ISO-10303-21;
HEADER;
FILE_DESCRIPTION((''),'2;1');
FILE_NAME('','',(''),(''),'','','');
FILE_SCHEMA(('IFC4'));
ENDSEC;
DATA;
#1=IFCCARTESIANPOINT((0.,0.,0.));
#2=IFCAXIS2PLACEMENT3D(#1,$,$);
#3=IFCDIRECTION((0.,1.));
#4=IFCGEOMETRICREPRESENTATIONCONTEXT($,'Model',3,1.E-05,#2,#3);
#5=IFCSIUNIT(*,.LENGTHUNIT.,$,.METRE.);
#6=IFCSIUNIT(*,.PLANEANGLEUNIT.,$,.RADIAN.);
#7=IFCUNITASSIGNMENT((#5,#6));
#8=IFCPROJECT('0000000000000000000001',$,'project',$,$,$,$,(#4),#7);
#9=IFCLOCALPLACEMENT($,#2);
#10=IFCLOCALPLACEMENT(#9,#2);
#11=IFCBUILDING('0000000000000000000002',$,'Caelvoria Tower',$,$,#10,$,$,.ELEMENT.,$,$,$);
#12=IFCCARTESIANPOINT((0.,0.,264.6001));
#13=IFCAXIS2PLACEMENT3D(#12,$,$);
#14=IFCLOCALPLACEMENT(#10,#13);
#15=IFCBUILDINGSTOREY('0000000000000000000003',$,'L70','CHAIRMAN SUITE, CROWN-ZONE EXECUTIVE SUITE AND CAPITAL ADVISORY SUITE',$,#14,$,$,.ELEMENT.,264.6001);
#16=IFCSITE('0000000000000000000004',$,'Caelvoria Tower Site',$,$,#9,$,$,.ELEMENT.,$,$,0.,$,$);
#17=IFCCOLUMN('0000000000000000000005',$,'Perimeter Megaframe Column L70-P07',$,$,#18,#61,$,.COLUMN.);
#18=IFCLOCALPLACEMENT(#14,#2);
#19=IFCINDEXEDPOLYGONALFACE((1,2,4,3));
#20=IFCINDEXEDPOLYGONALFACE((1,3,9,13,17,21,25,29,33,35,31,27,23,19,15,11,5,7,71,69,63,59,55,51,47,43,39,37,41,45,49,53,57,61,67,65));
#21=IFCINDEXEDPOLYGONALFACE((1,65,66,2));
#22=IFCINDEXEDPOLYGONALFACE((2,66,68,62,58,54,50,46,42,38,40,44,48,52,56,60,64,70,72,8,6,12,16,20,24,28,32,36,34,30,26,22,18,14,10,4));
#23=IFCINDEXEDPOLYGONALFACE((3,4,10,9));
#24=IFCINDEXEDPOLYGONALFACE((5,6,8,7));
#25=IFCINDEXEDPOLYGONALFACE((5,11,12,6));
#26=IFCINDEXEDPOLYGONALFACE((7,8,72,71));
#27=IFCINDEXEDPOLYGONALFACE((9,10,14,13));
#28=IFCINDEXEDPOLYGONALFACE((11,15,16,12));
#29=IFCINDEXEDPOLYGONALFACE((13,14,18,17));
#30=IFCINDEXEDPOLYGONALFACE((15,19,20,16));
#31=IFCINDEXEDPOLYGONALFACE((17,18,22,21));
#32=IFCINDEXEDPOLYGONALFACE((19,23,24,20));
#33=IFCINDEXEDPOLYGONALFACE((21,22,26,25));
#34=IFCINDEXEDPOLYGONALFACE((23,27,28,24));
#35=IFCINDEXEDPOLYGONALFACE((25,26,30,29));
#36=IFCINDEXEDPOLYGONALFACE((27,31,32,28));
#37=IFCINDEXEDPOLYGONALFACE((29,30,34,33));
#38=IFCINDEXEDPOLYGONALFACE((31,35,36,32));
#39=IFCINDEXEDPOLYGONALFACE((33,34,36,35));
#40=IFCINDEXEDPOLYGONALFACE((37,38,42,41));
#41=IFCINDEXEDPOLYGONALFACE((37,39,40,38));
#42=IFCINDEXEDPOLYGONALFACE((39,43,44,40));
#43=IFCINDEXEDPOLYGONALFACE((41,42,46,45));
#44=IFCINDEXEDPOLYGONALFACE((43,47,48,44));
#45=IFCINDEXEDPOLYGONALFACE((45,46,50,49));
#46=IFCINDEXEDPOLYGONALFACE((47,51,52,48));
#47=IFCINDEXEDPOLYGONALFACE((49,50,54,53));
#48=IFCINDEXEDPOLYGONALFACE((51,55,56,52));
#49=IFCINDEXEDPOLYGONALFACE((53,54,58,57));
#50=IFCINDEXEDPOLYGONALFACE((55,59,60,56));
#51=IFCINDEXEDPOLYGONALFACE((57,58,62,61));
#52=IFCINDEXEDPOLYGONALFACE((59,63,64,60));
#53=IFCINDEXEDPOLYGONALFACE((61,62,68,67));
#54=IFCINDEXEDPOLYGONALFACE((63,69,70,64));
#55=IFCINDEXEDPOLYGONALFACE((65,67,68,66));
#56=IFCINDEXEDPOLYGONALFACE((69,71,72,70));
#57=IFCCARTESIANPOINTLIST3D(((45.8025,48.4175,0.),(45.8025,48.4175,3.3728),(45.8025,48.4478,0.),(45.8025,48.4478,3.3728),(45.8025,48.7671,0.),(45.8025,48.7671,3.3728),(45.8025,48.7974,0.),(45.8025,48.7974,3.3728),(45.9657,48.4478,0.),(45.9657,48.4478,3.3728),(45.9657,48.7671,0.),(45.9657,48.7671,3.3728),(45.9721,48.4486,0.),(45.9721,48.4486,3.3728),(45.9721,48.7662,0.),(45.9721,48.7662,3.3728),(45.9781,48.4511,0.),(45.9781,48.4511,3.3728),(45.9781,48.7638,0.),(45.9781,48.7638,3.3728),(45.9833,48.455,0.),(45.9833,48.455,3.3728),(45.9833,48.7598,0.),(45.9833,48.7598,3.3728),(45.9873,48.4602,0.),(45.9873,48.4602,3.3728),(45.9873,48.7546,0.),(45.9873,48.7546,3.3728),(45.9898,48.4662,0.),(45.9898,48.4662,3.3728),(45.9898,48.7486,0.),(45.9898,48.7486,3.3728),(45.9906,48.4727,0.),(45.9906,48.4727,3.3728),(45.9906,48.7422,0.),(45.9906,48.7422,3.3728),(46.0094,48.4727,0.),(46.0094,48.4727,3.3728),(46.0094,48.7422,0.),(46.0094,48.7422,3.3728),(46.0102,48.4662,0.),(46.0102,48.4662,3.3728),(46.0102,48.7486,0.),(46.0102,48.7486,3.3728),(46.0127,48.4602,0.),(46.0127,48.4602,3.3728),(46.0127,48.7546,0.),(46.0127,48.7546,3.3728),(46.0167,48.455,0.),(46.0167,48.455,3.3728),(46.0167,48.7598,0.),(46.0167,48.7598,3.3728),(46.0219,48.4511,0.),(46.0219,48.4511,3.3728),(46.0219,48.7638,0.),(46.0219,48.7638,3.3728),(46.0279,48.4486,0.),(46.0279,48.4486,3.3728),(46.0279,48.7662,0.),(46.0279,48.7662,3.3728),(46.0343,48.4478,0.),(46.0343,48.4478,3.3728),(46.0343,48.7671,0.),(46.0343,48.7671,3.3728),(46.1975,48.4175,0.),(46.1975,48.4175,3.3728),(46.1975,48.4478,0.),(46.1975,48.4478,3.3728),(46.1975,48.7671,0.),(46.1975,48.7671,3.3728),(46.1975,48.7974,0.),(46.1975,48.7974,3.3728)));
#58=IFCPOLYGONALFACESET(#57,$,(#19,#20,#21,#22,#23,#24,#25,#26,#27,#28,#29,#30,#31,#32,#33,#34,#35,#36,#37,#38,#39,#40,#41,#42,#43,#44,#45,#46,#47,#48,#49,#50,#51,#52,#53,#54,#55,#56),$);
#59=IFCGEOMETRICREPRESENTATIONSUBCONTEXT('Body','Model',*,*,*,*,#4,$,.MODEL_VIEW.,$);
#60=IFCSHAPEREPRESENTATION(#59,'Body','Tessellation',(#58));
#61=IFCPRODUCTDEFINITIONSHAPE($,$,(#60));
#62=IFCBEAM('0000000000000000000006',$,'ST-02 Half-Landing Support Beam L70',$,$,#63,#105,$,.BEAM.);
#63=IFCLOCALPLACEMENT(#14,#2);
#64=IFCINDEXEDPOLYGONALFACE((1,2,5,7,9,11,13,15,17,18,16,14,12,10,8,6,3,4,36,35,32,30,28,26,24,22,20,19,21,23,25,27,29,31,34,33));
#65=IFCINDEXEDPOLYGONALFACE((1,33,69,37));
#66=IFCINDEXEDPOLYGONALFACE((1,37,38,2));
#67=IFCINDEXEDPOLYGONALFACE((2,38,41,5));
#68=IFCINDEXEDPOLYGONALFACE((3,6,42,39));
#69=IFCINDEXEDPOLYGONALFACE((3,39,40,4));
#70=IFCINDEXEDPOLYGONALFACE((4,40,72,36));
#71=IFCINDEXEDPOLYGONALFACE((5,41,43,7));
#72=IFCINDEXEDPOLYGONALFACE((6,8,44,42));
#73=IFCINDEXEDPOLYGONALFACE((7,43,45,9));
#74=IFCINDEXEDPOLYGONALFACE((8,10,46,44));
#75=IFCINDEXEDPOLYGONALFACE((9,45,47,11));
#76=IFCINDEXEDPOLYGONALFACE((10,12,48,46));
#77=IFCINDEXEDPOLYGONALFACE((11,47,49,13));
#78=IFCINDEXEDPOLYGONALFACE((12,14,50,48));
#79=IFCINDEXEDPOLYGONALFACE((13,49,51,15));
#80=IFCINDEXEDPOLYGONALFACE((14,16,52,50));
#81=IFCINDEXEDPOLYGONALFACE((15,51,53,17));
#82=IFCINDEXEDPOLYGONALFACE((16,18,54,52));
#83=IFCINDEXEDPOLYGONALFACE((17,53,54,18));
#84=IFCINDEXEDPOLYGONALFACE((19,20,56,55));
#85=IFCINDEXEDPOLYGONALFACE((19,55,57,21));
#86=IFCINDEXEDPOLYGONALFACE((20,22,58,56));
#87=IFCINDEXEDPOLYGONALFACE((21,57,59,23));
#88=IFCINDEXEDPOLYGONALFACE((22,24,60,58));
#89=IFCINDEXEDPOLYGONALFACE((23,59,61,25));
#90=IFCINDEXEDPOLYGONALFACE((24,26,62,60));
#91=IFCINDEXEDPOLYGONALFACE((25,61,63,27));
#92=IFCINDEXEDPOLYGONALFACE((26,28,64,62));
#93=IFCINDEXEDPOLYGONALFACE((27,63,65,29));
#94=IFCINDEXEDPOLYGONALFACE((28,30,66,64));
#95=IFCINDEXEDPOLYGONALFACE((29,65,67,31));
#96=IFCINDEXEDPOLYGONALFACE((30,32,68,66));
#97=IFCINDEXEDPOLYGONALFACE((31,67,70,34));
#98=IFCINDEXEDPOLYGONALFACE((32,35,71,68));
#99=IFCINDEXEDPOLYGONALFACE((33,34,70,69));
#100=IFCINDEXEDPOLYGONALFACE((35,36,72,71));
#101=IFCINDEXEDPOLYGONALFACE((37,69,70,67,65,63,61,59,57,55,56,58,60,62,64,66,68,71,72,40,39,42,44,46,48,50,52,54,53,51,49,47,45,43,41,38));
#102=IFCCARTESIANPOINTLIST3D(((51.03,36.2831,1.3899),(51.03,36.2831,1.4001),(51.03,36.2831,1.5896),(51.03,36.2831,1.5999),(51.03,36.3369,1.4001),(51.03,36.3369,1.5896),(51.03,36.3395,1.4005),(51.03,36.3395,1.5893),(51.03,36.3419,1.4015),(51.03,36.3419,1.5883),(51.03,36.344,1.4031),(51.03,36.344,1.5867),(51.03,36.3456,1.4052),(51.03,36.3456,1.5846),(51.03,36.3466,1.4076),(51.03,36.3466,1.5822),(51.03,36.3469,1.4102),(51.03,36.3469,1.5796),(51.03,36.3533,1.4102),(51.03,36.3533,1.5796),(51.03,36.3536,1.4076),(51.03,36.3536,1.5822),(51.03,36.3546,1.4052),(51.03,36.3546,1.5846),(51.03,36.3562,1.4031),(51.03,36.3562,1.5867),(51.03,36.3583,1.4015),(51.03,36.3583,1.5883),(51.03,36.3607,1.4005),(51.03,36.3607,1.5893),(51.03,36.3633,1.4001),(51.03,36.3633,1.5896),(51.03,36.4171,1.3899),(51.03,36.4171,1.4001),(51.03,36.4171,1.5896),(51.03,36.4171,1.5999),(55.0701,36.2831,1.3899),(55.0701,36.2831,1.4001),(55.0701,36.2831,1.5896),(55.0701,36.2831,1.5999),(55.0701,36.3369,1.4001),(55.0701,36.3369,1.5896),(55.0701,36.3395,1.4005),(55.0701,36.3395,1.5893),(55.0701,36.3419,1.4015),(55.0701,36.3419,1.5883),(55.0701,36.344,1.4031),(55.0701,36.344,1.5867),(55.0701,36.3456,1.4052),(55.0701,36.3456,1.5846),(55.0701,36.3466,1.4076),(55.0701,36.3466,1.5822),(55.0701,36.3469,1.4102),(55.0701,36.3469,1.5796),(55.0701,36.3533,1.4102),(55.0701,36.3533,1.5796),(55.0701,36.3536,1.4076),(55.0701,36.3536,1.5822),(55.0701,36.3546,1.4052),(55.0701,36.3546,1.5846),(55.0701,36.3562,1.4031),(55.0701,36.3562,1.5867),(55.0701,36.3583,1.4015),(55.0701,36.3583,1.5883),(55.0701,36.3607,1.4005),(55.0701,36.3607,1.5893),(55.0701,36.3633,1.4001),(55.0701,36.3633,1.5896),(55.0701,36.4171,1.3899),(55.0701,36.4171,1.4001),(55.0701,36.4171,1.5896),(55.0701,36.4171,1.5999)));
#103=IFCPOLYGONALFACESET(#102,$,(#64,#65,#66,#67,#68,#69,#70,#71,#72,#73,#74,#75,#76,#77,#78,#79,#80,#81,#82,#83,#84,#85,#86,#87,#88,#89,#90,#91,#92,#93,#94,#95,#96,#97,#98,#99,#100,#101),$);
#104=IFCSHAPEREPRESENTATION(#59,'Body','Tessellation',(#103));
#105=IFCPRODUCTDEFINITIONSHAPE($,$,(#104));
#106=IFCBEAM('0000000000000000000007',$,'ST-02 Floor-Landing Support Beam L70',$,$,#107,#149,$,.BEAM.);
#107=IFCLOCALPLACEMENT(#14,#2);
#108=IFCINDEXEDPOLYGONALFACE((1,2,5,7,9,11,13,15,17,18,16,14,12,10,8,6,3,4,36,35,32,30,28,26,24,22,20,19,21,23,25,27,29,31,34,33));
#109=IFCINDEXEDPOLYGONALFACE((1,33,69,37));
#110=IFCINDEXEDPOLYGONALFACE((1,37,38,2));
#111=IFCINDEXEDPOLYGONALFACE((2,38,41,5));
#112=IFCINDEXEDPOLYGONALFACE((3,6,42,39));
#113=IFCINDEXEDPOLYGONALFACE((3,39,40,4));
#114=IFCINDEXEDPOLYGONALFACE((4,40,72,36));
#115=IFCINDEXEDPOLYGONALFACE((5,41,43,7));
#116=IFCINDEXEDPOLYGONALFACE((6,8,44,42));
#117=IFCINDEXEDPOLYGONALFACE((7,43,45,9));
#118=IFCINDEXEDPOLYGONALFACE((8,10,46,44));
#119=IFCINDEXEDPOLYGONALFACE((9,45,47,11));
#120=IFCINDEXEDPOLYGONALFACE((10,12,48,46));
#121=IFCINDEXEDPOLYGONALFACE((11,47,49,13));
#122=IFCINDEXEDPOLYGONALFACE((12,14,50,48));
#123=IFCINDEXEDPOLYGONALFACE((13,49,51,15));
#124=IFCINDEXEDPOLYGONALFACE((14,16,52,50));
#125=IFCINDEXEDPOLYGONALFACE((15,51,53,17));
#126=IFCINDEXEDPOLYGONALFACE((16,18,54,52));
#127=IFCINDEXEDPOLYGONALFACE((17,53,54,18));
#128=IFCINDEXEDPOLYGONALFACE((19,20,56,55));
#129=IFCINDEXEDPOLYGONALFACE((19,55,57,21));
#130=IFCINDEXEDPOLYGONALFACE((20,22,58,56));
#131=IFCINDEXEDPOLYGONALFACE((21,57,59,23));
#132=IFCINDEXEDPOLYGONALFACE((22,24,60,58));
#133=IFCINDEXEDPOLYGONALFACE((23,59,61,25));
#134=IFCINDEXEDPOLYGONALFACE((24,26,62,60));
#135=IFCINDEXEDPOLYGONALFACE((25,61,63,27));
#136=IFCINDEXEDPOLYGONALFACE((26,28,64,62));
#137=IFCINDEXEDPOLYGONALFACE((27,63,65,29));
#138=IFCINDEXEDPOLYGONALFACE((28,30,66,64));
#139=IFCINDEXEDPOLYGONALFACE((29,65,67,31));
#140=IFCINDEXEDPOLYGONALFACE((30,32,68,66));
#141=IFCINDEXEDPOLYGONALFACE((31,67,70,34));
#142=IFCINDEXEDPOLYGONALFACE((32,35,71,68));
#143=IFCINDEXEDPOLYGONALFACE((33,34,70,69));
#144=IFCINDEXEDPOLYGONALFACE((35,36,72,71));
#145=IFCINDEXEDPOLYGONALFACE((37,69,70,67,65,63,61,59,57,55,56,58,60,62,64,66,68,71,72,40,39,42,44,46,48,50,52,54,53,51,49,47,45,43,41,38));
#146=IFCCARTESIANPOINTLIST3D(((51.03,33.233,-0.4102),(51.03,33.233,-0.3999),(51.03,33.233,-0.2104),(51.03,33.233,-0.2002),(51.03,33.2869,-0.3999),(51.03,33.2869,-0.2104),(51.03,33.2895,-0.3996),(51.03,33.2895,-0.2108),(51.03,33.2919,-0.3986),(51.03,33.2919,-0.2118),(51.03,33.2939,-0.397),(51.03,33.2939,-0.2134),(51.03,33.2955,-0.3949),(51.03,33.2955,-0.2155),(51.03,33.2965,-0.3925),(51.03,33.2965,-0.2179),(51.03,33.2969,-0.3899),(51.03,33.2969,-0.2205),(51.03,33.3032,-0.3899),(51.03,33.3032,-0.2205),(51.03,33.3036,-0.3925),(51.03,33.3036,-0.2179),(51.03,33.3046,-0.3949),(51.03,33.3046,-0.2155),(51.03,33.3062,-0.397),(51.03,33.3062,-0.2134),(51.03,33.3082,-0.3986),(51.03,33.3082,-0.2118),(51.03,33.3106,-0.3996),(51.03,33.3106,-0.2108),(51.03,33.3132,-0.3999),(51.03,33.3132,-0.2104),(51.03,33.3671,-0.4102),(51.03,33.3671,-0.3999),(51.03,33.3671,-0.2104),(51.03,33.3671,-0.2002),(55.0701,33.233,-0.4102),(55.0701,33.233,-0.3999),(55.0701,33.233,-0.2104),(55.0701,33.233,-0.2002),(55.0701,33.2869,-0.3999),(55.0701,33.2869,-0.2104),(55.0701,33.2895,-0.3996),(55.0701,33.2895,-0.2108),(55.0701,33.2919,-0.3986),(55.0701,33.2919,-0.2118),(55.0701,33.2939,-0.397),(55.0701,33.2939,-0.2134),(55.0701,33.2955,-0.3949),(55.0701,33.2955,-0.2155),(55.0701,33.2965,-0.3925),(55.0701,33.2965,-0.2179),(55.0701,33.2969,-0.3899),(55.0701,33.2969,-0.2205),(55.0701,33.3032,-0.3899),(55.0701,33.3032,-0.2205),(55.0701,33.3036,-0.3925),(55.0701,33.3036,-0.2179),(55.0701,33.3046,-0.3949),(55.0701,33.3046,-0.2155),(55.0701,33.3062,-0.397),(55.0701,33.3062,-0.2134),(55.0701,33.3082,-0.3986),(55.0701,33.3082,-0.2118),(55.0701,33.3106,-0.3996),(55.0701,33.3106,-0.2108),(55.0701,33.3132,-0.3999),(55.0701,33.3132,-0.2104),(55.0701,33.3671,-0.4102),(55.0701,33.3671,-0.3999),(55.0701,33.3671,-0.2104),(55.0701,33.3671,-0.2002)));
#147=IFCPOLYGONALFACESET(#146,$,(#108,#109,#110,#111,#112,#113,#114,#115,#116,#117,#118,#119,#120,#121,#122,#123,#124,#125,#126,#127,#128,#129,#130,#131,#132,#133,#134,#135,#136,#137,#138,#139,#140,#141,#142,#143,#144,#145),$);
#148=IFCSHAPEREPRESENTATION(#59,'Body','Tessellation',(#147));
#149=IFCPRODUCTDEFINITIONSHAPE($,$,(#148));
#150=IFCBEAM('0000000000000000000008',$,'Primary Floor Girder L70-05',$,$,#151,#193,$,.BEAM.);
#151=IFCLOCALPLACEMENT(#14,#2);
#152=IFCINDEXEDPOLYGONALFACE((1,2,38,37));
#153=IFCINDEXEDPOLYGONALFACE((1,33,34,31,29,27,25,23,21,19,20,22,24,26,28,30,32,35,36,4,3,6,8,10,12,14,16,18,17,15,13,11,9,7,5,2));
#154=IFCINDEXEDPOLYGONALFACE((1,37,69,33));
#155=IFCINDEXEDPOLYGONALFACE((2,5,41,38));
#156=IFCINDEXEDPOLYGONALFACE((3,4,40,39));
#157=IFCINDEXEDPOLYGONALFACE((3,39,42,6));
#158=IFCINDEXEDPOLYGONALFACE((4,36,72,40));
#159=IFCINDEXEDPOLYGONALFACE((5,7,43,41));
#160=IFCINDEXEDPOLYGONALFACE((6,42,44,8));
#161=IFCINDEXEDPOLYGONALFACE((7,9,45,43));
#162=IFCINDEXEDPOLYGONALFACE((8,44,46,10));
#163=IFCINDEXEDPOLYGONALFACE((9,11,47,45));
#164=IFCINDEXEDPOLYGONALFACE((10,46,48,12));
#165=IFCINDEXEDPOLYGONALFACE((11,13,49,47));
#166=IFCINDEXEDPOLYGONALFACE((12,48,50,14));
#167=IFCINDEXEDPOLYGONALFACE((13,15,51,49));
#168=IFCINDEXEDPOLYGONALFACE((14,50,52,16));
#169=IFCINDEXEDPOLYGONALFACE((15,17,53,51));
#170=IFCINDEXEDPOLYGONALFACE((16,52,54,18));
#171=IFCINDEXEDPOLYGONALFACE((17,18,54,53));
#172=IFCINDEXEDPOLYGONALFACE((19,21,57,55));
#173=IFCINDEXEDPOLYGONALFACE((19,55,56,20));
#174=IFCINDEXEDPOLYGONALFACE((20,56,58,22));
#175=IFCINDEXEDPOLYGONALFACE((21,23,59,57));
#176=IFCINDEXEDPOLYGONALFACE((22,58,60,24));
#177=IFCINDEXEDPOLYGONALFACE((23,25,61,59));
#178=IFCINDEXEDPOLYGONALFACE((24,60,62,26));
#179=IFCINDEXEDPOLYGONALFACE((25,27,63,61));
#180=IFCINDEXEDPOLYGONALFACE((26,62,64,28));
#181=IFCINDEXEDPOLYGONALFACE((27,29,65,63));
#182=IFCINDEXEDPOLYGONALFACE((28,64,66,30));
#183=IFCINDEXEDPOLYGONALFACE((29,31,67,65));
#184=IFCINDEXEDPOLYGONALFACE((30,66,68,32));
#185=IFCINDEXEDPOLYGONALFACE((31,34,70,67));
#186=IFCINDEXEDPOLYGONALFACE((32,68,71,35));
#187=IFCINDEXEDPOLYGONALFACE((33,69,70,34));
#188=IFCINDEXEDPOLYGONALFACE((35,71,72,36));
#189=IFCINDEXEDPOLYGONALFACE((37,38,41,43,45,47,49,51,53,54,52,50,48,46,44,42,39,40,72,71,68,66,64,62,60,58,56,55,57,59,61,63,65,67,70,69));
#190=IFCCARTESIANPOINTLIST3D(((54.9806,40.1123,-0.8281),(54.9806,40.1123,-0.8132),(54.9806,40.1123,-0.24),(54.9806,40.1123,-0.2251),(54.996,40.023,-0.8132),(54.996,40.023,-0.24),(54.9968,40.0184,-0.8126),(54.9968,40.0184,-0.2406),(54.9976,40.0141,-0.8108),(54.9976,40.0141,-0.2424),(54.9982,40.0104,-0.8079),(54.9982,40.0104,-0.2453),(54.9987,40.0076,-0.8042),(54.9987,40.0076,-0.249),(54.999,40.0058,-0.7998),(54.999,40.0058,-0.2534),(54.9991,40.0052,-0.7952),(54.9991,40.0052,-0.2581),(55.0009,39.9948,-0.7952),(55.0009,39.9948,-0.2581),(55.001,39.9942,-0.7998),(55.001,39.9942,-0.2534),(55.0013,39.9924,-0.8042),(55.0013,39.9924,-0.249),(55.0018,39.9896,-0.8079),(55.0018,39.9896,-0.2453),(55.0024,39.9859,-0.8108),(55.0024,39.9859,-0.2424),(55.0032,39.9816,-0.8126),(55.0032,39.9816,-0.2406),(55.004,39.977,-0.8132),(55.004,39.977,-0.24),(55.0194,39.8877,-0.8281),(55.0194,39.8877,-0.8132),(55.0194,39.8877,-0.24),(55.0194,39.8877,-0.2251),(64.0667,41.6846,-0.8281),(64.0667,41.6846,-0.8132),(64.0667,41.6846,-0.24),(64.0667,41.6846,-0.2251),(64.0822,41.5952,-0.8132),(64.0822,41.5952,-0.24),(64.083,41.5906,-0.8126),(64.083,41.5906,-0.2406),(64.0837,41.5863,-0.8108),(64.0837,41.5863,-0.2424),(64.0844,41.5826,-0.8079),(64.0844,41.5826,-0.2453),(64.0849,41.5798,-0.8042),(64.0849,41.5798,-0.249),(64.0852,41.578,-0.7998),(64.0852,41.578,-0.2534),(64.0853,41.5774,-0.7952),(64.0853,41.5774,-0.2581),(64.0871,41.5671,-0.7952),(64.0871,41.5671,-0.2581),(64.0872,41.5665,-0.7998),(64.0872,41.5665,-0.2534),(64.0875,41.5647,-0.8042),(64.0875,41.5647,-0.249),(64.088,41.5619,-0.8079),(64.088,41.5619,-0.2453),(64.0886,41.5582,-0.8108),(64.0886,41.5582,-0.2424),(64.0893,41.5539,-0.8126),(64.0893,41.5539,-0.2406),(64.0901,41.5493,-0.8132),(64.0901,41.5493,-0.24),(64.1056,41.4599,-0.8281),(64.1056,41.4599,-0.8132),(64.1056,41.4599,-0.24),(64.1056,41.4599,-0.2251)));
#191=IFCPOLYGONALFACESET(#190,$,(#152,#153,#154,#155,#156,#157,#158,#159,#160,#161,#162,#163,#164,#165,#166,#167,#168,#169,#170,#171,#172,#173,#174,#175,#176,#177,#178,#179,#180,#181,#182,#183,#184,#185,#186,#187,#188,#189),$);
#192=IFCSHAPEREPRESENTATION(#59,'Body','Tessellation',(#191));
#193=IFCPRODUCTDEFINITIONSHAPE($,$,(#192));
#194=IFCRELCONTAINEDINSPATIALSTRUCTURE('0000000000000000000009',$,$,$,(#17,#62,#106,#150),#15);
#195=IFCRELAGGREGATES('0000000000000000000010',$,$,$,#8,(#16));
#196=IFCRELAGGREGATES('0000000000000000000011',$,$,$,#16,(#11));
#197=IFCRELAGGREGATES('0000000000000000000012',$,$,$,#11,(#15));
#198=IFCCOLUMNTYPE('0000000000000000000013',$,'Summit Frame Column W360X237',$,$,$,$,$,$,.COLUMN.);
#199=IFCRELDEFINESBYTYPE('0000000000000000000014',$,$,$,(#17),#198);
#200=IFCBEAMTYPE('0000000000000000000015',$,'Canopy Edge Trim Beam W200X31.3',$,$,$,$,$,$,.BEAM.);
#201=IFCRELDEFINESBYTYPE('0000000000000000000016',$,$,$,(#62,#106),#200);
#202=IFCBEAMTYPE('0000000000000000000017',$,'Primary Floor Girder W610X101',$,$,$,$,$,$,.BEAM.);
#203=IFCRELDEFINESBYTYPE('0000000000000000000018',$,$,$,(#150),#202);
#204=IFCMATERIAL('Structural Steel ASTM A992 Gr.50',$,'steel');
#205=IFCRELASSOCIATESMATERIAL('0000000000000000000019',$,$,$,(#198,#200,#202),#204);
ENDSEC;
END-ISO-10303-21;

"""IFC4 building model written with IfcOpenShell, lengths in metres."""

from ifc_helpers import new_model, si_unit, direction, frame, origin, origin_2d, place, context, subcontext, project, spatial, i_section, extrude, material, material_profile, profile_set, type_object, element, save


model = new_model("IFC4")

# Units and contexts
model_context = context("Model", 3, precision=1e-05, world=origin(), true_north=direction((0.0, 1.0)))
body_context = subcontext(model_context, "Body", "Model", "MODEL_VIEW")
ifc_project = project(units=[si_unit("LENGTHUNIT", "METRE"), si_unit("PLANEANGLEUNIT", "RADIAN")], contexts=[model_context])

# Site, building, storey
site_placement = place(None, origin())
site = spatial("IfcSite", under=ifc_project, at=site_placement, Name="Caelvoria Tower Site", CompositionType="ELEMENT", RefElevation=0.0)
building_placement = place(site_placement, origin())
building = spatial("IfcBuilding", under=site, at=building_placement, Name="Caelvoria Tower", CompositionType="ELEMENT")
storey_placement = place(building_placement, frame((0.0, 0.0, 264.6001)))
storey = spatial("IfcBuildingStorey", under=building, at=storey_placement, Name="L70", Description="CHAIRMAN SUITE, CROWN-ZONE EXECUTIVE SUITE AND CAPITAL ADVISORY SUITE", CompositionType="ELEMENT", Elevation=264.6001)

# Column
ifc_material_1 = material(Name="Structural Steel ASTM A992 Gr.50", Category="steel")
ifc_material_profile_1 = material_profile(ifc_material_1, i_section(OverallWidth=0.395, OverallDepth=0.3799, WebThickness=0.0188, FlangeThickness=0.0303, FilletRadius=0.0249, at=origin_2d()), Name="Structural Steel ASTM A992 Gr.50")
ifc_profile_set_1 = profile_set([ifc_material_profile_1], Name="W360X237 - Structural Steel ASTM A992 Gr.50")
column_type = type_object("IfcColumnType", Name="Summit Frame Column W360X237", PredefinedType="COLUMN", material=ifc_profile_set_1)
column_placement = place(storey_placement, frame((46.0, 48.6074, 0.0), z_axis=(0.0, 0.0, 1.0), x_axis=(1.0, 0.0, 0.0)))
element("IfcColumn", 1, at=column_placement, inside=storey, type_object=column_type, Name="Perimeter Megaframe Column L70-P07", PredefinedType="COLUMN", context=body_context, shape_type="SweptSolid", body=[
    extrude(i_section(OverallWidth=0.395, OverallDepth=0.3799, WebThickness=0.0188, FlangeThickness=0.0303, FilletRadius=0.0249, at=origin_2d()), origin(), (0.0, 0.0, 1.0), 3.3728),
])

# Beams
ifc_material_profile_2 = material_profile(ifc_material_1, i_section(OverallWidth=0.134, OverallDepth=0.21, WebThickness=0.0063, FlangeThickness=0.0103, FilletRadius=0.01, at=origin_2d()), Name="Structural Steel ASTM A992 Gr.50")
ifc_profile_set_2 = profile_set([ifc_material_profile_2], Name="W200X31.3 - Structural Steel ASTM A992 Gr.50")
beam_type_1 = type_object("IfcBeamType", Name="Canopy Edge Trim Beam W200X31.3", PredefinedType="BEAM", material=ifc_profile_set_2)
for number, where, z_axis, x_axis, name in (
    (2, (51.03, 36.3501, 1.4949), (1.0, 0.0, 0.0), (0.0, 1.0, 0.0), "ST-02 Half-Landing Support Beam L70"),
    (3, (51.03, 33.3, -0.3052), (1.0, 0.0, 0.0), (0.0, 1.0, 0.0), "ST-02 Floor-Landing Support Beam L70"),
):
    element("IfcBeam", number, at=place(storey_placement, frame(where, z_axis=z_axis, x_axis=x_axis)), inside=storey, type_object=beam_type_1, Name=name, PredefinedType="BEAM", context=body_context, shape_type="SweptSolid", body=[
        extrude(i_section(OverallWidth=0.134, OverallDepth=0.21, WebThickness=0.0063, FlangeThickness=0.0103, FilletRadius=0.01, at=origin_2d()), origin(), (0.0, 0.0, 1.0), 4.04),
    ])
ifc_material_profile_3 = material_profile(ifc_material_1, i_section(OverallWidth=0.228, OverallDepth=0.603, WebThickness=0.0105, FlangeThickness=0.0149, FilletRadius=0.0181, at=origin_2d()), Name="Structural Steel ASTM A992 Gr.50")
ifc_profile_set_3 = profile_set([ifc_material_profile_3], Name="W610X101 - Structural Steel ASTM A992 Gr.50")
beam_type_2 = type_object("IfcBeamType", Name="Primary Floor Girder W610X101", PredefinedType="BEAM", material=ifc_profile_set_3)
beam_1_placement = place(storey_placement, frame((55.0, 40.0, -0.5266), z_axis=(0.985357, 0.170505, 0.0), x_axis=(-0.170505, 0.985357, 0.0)))
element("IfcBeam", 4, at=beam_1_placement, inside=storey, type_object=beam_type_2, Name="Primary Floor Girder L70-05", PredefinedType="BEAM", context=body_context, shape_type="SweptSolid", body=[
    extrude(i_section(OverallWidth=0.228, OverallDepth=0.603, WebThickness=0.0105, FlangeThickness=0.0149, FilletRadius=0.0181, at=origin_2d()), origin(), (0.0, 0.0, 1.0), 9.2212),
])

save(model, "model.ifc")
